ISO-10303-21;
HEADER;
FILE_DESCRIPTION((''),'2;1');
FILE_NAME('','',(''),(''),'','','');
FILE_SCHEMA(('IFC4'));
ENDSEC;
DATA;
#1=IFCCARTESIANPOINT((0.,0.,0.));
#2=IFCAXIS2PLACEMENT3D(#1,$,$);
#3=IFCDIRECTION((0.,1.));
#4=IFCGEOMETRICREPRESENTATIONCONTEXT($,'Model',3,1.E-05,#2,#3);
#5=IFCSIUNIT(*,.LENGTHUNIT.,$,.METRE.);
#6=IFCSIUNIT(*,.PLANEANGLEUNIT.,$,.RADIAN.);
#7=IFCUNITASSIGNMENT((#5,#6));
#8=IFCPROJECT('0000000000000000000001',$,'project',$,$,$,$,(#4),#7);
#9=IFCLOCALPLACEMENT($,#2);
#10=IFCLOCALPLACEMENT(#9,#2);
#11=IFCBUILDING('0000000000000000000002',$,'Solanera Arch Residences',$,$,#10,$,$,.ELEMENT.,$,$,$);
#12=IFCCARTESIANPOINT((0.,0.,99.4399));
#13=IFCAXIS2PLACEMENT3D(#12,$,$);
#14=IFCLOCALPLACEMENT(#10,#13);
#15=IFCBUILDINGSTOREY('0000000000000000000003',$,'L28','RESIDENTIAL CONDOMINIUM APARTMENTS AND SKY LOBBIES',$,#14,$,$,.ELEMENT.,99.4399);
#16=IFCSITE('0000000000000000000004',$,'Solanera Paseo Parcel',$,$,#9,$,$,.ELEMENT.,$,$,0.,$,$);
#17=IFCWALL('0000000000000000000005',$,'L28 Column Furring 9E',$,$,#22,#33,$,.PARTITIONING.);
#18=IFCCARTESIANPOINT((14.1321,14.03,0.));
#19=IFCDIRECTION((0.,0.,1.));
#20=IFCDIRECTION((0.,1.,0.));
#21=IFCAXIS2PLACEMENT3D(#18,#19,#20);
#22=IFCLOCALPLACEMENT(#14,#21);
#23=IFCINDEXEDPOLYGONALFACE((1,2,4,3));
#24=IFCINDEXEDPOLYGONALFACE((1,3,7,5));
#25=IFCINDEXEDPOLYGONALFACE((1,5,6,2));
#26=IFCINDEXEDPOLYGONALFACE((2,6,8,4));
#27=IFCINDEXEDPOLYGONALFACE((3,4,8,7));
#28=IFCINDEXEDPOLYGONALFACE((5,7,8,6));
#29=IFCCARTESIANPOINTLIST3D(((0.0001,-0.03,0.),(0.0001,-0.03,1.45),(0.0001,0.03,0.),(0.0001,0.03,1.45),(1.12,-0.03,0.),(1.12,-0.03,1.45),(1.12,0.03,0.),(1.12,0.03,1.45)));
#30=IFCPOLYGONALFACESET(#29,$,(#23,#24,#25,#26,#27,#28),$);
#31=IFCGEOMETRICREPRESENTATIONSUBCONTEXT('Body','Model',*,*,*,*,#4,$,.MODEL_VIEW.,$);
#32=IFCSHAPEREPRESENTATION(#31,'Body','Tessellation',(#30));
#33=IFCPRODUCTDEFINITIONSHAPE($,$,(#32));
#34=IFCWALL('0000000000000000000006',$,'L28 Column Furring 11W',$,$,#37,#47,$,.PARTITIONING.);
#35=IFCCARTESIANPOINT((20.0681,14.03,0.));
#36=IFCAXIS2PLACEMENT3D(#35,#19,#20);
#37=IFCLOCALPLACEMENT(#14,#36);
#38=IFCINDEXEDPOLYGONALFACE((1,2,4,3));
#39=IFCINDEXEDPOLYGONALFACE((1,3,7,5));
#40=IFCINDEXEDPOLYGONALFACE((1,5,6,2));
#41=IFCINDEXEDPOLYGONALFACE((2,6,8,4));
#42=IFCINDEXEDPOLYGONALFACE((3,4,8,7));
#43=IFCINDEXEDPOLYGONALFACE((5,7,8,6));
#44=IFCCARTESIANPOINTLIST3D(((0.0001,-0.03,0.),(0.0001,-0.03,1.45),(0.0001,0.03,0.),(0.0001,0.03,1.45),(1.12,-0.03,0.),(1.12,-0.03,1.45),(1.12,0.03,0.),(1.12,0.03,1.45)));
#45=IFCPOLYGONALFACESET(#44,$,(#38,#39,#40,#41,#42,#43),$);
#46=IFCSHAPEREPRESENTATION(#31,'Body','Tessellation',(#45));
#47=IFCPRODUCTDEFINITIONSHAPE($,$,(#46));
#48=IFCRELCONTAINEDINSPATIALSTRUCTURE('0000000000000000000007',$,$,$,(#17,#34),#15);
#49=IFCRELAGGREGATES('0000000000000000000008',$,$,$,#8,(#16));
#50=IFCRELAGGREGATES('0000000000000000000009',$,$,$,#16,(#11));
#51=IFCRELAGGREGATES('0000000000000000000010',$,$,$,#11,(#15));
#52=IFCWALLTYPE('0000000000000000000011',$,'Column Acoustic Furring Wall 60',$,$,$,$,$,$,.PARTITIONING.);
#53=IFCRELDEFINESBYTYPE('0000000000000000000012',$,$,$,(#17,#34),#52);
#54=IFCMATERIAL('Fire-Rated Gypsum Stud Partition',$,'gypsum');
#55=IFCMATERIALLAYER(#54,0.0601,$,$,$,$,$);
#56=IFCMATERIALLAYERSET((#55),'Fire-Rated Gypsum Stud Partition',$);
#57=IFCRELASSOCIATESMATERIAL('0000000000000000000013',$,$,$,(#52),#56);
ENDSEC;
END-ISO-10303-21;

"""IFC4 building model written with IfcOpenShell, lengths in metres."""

from ifc_helpers import new_model, si_unit, direction, frame, frame_2d, origin, place, context, subcontext, project, spatial, rectangle, extrude, material, layer, layer_set, type_object, element, save


model = new_model("IFC4")

# Units and contexts
model_context = context("Model", 3, precision=1e-05, world=origin(), true_north=direction((0.0, 1.0)))
body_context = subcontext(model_context, "Body", "Model", "MODEL_VIEW")
ifc_project = project(units=[si_unit("LENGTHUNIT", "METRE"), si_unit("PLANEANGLEUNIT", "RADIAN")], contexts=[model_context])

# Site, building, storey
site_placement = place(None, origin())
site = spatial("IfcSite", under=ifc_project, at=site_placement, Name="Solanera Paseo Parcel", CompositionType="ELEMENT", RefElevation=0.0)
building_placement = place(site_placement, origin())
building = spatial("IfcBuilding", under=site, at=building_placement, Name="Solanera Arch Residences", CompositionType="ELEMENT")
storey_placement = place(building_placement, frame((0.0, 0.0, 99.4399)))
storey = spatial("IfcBuildingStorey", under=building, at=storey_placement, Name="L28", Description="RESIDENTIAL CONDOMINIUM APARTMENTS AND SKY LOBBIES", CompositionType="ELEMENT", Elevation=99.4399)

# Walls
ifc_material_1 = material(Name="Fire-Rated Gypsum Stud Partition", Category="gypsum")
ifc_layer_1 = layer(ifc_material_1, 0.0601)
ifc_layer_set_1 = layer_set([ifc_layer_1], Name="Fire-Rated Gypsum Stud Partition")
wall_type_1 = type_object("IfcWallType", Name="Column Acoustic Furring Wall 60", PredefinedType="PARTITIONING", material=ifc_layer_set_1)
wall_1_placement = place(storey_placement, frame((14.1321, 14.03, 0.0), z_axis=(0.0, 0.0, 1.0), x_axis=(0.0, 1.0, 0.0)))
element("IfcWall", 1, at=wall_1_placement, inside=storey, type_object=wall_type_1, Name="L28 Column Furring 9E", PredefinedType="PARTITIONING", context=body_context, shape_type="SweptSolid", body=[
    extrude(rectangle(XDim=1.1199, YDim=0.0601, at=frame_2d((0.5601, 0.0))), origin(), (0.0, 0.0, 1.0), 1.45),
])
wall_2_placement = place(storey_placement, frame((20.0681, 14.03, 0.0), z_axis=(0.0, 0.0, 1.0), x_axis=(0.0, 1.0, 0.0)))
element("IfcWall", 2, at=wall_2_placement, inside=storey, type_object=wall_type_1, Name="L28 Column Furring 11W", PredefinedType="PARTITIONING", context=body_context, shape_type="SweptSolid", body=[
    extrude(rectangle(XDim=1.1199, YDim=0.0601, at=frame_2d((0.5601, 0.0))), origin(), (0.0, 0.0, 1.0), 1.45),
])

save(model, "model.ifc")
